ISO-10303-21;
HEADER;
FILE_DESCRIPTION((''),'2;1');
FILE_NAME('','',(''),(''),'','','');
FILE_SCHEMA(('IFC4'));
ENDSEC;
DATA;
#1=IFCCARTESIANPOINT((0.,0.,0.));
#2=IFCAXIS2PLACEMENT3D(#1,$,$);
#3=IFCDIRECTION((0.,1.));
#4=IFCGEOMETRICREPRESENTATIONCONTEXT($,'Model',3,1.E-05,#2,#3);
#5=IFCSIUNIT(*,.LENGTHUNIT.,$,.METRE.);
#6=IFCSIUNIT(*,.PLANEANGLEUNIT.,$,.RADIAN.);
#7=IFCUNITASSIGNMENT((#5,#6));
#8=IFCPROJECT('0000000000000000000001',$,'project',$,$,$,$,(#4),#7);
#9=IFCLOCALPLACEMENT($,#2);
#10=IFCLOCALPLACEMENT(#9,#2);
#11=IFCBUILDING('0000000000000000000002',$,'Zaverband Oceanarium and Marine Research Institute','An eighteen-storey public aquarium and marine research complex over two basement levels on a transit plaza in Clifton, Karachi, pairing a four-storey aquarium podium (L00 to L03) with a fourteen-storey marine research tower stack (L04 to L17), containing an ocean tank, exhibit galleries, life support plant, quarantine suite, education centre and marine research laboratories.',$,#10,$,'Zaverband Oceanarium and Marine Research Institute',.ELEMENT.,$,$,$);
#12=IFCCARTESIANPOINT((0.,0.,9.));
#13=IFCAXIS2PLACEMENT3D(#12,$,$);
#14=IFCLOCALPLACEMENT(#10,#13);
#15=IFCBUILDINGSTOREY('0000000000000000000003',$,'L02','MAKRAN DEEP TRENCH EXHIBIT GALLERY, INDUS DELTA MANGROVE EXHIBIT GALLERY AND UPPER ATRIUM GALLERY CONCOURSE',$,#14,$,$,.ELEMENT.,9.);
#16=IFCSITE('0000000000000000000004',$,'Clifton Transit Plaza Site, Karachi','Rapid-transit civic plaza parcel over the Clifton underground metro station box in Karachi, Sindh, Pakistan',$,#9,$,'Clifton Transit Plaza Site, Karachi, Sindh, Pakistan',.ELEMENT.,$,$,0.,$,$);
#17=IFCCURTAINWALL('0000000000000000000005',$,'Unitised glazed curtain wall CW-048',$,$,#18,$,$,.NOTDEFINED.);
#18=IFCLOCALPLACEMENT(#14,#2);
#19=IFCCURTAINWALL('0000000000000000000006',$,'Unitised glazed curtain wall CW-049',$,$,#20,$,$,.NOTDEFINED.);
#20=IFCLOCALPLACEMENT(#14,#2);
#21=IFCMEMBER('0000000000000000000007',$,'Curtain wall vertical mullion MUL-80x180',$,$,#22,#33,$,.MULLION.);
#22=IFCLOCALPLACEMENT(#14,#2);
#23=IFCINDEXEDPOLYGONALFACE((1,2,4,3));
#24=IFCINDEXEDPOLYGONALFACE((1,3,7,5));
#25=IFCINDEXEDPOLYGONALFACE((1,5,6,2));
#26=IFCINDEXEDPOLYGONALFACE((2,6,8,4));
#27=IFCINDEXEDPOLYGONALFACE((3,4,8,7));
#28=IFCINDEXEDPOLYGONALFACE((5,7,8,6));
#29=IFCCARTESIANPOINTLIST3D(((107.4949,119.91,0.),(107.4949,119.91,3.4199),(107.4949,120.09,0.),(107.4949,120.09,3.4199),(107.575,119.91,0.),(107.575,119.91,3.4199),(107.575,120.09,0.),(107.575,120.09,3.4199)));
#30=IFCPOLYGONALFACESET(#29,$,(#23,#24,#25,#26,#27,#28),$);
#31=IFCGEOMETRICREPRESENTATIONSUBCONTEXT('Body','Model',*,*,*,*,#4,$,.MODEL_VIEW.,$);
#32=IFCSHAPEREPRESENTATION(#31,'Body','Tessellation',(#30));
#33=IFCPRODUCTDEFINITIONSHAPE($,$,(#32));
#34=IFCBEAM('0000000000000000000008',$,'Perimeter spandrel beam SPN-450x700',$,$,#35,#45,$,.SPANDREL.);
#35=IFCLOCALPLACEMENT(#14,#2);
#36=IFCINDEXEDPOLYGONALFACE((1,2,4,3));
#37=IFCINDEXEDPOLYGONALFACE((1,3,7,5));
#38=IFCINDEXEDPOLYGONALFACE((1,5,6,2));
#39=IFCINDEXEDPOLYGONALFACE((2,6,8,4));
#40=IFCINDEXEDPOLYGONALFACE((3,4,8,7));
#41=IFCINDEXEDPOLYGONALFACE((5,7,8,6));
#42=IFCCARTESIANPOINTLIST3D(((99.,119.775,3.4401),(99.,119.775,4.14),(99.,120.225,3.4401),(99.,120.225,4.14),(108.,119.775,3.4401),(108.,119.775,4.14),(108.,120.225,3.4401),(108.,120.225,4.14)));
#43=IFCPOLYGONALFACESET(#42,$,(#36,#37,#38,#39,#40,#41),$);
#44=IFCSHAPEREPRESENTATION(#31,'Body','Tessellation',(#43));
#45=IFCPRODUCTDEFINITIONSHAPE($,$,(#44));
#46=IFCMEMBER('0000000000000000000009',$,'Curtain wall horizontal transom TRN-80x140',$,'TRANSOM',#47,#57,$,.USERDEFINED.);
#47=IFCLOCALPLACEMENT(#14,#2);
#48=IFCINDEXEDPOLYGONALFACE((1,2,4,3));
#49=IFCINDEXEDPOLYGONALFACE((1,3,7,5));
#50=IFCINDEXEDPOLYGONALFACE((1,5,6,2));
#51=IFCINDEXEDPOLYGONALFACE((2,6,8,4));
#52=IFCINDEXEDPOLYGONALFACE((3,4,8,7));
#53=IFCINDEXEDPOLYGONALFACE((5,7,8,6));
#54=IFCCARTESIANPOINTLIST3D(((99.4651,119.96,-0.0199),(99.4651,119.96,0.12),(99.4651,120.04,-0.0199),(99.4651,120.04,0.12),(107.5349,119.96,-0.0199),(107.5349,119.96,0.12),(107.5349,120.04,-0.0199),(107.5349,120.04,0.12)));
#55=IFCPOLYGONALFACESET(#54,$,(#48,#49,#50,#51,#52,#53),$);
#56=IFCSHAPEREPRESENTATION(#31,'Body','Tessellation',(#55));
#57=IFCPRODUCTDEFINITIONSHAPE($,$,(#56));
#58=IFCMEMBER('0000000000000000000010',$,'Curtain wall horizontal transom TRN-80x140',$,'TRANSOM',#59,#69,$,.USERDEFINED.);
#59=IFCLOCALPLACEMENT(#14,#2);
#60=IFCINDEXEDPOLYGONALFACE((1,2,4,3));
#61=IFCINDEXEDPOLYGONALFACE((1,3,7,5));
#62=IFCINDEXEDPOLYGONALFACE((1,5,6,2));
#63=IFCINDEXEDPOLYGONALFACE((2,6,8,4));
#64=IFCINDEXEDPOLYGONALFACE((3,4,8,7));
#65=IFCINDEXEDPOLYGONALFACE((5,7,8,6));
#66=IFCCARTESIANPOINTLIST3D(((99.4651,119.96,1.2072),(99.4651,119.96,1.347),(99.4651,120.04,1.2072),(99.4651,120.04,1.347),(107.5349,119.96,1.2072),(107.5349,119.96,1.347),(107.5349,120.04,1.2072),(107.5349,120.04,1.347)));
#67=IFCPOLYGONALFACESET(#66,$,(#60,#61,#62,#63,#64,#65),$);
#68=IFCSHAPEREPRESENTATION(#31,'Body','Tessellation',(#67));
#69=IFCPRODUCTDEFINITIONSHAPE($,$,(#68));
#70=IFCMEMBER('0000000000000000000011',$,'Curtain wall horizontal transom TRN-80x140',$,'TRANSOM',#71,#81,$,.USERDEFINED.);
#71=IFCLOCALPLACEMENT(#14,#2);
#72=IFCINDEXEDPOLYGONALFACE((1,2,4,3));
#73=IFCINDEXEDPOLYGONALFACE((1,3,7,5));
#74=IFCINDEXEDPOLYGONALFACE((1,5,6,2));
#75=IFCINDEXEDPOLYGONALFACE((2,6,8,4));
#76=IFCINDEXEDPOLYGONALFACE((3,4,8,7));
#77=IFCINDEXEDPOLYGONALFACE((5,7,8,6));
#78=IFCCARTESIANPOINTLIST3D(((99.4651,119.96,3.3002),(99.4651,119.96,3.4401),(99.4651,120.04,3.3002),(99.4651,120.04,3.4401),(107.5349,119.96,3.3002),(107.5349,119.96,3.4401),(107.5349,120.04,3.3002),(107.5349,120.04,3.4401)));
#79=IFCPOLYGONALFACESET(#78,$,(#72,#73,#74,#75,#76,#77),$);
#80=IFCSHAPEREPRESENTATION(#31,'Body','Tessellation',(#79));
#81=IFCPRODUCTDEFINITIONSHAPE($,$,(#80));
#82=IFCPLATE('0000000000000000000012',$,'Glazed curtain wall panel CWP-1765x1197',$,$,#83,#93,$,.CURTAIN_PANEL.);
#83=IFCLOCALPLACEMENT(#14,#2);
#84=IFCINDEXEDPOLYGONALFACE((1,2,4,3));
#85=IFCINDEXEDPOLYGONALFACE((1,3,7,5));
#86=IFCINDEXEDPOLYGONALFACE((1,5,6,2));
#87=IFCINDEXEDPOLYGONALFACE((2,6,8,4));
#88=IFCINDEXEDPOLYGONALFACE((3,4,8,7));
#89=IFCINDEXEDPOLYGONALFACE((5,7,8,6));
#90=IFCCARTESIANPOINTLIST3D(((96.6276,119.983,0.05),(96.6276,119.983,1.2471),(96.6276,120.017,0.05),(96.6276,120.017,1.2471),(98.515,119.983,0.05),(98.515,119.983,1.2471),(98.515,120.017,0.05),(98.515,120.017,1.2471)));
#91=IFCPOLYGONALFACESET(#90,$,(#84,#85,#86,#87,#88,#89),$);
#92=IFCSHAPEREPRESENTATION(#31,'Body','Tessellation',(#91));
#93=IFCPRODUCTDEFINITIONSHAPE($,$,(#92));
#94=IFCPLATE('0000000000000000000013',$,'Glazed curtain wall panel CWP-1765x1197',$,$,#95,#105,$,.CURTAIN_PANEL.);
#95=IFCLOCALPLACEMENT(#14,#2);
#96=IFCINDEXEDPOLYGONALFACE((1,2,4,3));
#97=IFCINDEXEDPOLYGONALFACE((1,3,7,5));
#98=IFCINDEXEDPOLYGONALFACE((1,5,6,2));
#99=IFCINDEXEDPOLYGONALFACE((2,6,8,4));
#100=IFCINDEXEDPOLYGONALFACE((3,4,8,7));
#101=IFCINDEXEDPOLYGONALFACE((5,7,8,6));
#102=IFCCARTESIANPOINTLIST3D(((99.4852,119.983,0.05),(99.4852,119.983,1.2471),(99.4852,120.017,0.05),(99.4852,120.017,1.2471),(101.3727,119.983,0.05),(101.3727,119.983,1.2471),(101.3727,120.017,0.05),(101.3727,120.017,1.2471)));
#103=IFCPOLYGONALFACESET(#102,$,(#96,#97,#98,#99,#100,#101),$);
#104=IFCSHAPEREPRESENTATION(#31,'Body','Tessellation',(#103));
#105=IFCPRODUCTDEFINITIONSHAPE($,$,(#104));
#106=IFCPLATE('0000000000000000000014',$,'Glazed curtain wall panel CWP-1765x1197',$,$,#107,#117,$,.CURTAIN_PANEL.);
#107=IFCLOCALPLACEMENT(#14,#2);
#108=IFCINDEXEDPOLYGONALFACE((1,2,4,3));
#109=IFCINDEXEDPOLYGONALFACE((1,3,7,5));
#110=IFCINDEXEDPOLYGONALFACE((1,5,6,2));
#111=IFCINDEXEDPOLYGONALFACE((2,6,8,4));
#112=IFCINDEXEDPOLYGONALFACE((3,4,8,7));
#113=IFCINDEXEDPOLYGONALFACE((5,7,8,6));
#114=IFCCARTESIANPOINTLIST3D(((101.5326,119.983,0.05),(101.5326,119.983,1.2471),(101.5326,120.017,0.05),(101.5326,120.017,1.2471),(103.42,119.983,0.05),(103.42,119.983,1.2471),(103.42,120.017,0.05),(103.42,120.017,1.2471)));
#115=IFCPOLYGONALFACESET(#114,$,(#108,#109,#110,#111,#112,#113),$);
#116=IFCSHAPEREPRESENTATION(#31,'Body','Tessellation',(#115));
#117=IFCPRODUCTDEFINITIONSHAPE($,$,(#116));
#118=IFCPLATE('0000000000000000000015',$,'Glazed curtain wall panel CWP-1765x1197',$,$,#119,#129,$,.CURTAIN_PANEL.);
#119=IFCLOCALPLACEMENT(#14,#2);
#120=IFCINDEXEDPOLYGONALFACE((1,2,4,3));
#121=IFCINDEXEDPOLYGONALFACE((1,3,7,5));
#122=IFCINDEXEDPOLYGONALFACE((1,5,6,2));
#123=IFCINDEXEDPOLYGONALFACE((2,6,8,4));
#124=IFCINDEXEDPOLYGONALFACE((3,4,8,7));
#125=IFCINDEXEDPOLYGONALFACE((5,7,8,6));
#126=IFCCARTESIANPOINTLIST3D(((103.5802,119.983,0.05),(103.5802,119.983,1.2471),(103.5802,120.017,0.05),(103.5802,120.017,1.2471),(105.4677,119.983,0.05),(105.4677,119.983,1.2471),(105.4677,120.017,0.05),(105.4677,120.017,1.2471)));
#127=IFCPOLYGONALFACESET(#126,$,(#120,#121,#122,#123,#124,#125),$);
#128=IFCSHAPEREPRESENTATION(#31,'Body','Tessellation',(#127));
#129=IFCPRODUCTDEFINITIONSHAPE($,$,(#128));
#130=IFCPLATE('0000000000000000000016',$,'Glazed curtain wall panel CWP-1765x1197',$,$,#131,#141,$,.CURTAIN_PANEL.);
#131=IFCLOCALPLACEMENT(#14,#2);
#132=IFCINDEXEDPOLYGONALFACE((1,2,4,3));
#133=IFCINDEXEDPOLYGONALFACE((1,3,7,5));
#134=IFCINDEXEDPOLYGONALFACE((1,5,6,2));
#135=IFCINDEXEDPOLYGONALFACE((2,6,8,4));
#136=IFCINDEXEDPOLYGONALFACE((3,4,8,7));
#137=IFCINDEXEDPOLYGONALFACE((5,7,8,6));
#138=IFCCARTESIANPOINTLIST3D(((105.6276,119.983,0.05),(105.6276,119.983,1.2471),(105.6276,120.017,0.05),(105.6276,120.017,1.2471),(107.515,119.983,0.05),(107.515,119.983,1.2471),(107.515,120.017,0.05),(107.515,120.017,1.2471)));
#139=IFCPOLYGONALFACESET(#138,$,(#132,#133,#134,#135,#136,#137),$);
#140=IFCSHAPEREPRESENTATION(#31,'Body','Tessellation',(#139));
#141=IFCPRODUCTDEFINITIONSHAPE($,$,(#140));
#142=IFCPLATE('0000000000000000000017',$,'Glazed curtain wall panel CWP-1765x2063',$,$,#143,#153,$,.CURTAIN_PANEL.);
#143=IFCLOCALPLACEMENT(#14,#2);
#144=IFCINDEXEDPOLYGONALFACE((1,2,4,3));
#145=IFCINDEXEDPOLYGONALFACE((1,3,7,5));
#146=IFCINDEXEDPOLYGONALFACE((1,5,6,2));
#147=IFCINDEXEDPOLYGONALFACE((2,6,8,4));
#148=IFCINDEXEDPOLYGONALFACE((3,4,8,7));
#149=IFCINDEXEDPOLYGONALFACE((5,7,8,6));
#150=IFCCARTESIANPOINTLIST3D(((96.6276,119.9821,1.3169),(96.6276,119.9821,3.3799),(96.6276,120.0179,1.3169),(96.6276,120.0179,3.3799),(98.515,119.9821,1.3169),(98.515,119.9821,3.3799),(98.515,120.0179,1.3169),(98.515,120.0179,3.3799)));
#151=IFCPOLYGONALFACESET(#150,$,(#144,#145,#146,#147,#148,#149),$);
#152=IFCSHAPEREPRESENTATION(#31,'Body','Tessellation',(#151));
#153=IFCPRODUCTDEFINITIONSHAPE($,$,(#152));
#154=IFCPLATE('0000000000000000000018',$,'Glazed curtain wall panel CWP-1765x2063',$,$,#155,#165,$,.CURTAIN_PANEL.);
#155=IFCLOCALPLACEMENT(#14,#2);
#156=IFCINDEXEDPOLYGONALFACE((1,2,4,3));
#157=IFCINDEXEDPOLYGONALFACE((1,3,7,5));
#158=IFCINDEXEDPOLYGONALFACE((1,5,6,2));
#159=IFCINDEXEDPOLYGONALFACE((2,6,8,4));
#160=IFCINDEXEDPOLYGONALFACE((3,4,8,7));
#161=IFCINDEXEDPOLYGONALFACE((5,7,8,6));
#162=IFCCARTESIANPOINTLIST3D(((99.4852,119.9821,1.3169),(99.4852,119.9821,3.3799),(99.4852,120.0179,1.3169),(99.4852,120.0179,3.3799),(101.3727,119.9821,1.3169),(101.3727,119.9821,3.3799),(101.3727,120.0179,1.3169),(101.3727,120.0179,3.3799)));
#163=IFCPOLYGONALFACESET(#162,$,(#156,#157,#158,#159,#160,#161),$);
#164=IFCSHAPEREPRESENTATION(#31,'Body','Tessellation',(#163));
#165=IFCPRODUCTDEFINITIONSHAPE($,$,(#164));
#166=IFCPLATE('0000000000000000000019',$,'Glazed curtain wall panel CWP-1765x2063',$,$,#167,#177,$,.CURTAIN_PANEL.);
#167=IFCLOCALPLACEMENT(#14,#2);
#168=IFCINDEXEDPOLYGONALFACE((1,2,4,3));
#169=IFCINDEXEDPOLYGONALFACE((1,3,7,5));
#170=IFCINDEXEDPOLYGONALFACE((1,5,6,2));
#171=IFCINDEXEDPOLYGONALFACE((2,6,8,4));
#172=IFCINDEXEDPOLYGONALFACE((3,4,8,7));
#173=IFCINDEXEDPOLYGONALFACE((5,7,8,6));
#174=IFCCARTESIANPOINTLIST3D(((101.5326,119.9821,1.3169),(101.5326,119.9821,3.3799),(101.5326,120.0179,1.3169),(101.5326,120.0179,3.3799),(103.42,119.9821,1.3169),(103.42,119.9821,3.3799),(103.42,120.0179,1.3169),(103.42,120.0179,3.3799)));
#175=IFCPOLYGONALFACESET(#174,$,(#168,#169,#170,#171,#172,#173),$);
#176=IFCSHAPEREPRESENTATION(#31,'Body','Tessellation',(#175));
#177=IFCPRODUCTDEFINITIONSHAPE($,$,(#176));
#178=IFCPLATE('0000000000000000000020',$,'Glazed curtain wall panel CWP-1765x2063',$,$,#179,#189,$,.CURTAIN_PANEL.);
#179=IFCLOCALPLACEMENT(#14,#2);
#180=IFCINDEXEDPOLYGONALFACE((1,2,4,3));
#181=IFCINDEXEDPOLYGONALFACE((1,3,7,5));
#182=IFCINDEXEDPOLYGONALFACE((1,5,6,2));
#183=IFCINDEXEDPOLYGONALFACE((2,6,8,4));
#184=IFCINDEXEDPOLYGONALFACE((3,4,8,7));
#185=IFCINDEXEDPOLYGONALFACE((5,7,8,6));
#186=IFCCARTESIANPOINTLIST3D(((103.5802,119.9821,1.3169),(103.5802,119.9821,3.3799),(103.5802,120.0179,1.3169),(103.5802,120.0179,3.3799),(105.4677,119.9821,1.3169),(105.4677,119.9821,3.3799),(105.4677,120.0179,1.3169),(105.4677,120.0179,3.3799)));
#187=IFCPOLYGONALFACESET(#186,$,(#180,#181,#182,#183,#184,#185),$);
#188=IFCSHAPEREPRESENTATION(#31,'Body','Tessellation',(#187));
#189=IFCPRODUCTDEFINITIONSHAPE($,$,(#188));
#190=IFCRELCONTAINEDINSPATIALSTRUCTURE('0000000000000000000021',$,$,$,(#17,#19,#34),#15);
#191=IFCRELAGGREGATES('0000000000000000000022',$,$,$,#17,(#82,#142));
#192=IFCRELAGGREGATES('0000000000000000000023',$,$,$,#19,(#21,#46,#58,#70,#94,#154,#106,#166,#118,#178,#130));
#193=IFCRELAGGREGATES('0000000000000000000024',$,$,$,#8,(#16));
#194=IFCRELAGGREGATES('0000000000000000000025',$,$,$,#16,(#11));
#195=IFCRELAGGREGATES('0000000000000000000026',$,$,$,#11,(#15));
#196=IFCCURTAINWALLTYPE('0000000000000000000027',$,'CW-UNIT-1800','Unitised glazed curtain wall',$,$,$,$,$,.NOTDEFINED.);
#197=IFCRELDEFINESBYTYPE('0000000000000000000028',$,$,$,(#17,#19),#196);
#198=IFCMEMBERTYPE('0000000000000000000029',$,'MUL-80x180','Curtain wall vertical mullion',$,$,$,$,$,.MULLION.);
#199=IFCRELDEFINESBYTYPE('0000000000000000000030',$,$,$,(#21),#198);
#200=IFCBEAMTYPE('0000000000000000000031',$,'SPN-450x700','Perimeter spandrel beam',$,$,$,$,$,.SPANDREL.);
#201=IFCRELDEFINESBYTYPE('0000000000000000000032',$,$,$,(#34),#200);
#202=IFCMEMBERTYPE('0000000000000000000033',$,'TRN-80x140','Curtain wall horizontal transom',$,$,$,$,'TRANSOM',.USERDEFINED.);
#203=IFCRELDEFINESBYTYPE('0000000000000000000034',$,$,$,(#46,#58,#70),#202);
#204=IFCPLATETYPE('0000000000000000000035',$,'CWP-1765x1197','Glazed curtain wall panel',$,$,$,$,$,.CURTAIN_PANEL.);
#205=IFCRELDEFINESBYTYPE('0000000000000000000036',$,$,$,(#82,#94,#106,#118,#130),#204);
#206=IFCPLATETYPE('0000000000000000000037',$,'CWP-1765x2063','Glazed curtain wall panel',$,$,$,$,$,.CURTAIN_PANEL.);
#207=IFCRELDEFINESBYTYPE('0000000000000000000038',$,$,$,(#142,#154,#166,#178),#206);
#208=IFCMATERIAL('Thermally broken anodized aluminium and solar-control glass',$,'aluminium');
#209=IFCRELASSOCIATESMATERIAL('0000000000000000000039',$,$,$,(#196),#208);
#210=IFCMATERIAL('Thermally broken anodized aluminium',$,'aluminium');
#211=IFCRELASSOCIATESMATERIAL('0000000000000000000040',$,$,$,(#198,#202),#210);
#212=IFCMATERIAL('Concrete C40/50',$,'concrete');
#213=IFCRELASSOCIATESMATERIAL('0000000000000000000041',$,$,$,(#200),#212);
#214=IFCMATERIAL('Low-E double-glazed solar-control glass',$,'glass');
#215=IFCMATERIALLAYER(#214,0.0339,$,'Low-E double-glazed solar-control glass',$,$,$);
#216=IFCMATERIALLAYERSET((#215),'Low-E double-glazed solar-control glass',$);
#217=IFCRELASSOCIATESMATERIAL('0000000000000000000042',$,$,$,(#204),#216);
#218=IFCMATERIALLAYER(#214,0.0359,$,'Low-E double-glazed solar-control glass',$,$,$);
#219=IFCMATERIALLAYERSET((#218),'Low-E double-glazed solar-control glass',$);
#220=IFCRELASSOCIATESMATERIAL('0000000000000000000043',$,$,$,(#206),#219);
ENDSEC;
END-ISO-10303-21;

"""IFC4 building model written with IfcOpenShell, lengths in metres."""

from ifc_helpers import new_model, si_unit, direction, frame, frame_2d, origin, origin_2d, place, context, subcontext, project, spatial, rectangle, extrude, material, layer, layer_set, material_profile, profile_set, type_object, element, aggregate, save


model = new_model("IFC4")

# Units and contexts
model_context = context("Model", 3, precision=1e-05, world=origin(), true_north=direction((0.0, 1.0)))
body_context = subcontext(model_context, "Body", "Model", "MODEL_VIEW")
ifc_project = project(units=[si_unit("LENGTHUNIT", "METRE"), si_unit("PLANEANGLEUNIT", "RADIAN")], contexts=[model_context])

# Site, building, storey
site_placement = place(None, origin())
site = spatial("IfcSite", under=ifc_project, at=site_placement, Name="Clifton Transit Plaza Site, Karachi", Description="Rapid-transit civic plaza parcel over the Clifton underground metro station box in Karachi, Sindh, Pakistan", LongName="Clifton Transit Plaza Site, Karachi, Sindh, Pakistan", CompositionType="ELEMENT", RefElevation=0.0)
building_placement = place(site_placement, origin())
building = spatial("IfcBuilding", under=site, at=building_placement, Name="Zaverband Oceanarium and Marine Research Institute", Description="An eighteen-storey public aquarium and marine research complex over two basement levels on a transit plaza in Clifton, Karachi, pairing a four-storey aquarium podium (L00 to L03) with a fourteen-storey marine research tower stack (L04 to L17), containing an ocean tank, exhibit galleries, life support plant, quarantine suite, education centre and marine research laboratories.", LongName="Zaverband Oceanarium and Marine Research Institute", CompositionType="ELEMENT")
storey_placement = place(building_placement, frame((0.0, 0.0, 9.0)))
storey = spatial("IfcBuildingStorey", under=building, at=storey_placement, Name="L02", Description="MAKRAN DEEP TRENCH EXHIBIT GALLERY, INDUS DELTA MANGROVE EXHIBIT GALLERY AND UPPER ATRIUM GALLERY CONCOURSE", CompositionType="ELEMENT", Elevation=9.0)

# Shared definitions
ifc_material_1 = material(Name="Concrete C40/50", Category="concrete")

# Curtain walls, member
ifc_material_2 = material(Name="Thermally broken anodized aluminium and solar-control glass", Category="aluminium")
curtain_wall_type = type_object("IfcCurtainWallType", Name="CW-UNIT-1800", Description="Unitised glazed curtain wall", PredefinedType="NOTDEFINED", material=ifc_material_2)
curtain_wall_1_placement = place(storey_placement, origin())
curtain_wall_1 = element("IfcCurtainWall", 1, at=curtain_wall_1_placement, inside=storey, type_object=curtain_wall_type, Name="Unitised glazed curtain wall CW-048", PredefinedType="NOTDEFINED")
ifc_material_3 = material(Name="Thermally broken anodized aluminium", Category="aluminium")
ifc_material_profile_1 = material_profile(ifc_material_3, rectangle(XDim=0.0801, YDim=0.1799, at=origin_2d()), Name="AL-MUL-80x180")
ifc_profile_set_1 = profile_set([ifc_material_profile_1], Name="Thermally broken anodized aluminium")
member_type_1 = type_object("IfcMemberType", Name="MUL-80x180", Description="Curtain wall vertical mullion", PredefinedType="MULLION", material=ifc_profile_set_1)
curtain_wall_2_placement = place(storey_placement, origin())
curtain_wall_2 = element("IfcCurtainWall", 2, at=curtain_wall_2_placement, inside=storey, type_object=curtain_wall_type, Name="Unitised glazed curtain wall CW-049", PredefinedType="NOTDEFINED")
member_1_placement = place(storey_placement, frame((107.5349, 120.0, 0.0), z_axis=(0.0, 0.0, 1.0), x_axis=(1.0, 0.0, 0.0)))
member_1 = element("IfcMember", 3, at=member_1_placement, type_object=member_type_1, Name="Curtain wall vertical mullion MUL-80x180", PredefinedType="MULLION", context=body_context, shape_type="SweptSolid", body=[
    extrude(rectangle(XDim=0.0801, YDim=0.1799, at=origin_2d()), origin(), (0.0, 0.0, 1.0), 3.4199),
])

# Beam
ifc_material_profile_2 = material_profile(ifc_material_1, rectangle(XDim=0.45, YDim=0.7, at=origin_2d()), Name="RC450x700")
ifc_profile_set_2 = profile_set([ifc_material_profile_2], Name="Concrete C40/50")
beam_type_1 = type_object("IfcBeamType", Name="SPN-450x700", Description="Perimeter spandrel beam", PredefinedType="SPANDREL", material=ifc_profile_set_2)
beam_placement = place(storey_placement, frame((99.0, 120.0, 3.79), z_axis=(1.0, 0.0, 0.0), x_axis=(0.0, 1.0, 0.0)))
element("IfcBeam", 4, at=beam_placement, inside=storey, type_object=beam_type_1, Name="Perimeter spandrel beam SPN-450x700", PredefinedType="SPANDREL", context=body_context, shape_type="SweptSolid", body=[
    extrude(rectangle(XDim=0.45, YDim=0.7, at=origin_2d()), origin(), (0.0, 0.0, 1.0), 9.0),
])

# Members
ifc_material_profile_3 = material_profile(ifc_material_3, rectangle(XDim=0.0801, YDim=0.1399, at=origin_2d()), Name="AL-TRN-80x140")
ifc_profile_set_3 = profile_set([ifc_material_profile_3], Name="Thermally broken anodized aluminium")
member_type_2 = type_object("IfcMemberType", Name="TRN-80x140", Description="Curtain wall horizontal transom", ElementType="TRANSOM", PredefinedType="USERDEFINED", material=ifc_profile_set_3)
member_2_placement = place(storey_placement, frame((99.4651, 120.0, 0.05), z_axis=(1.0, 0.0, 0.0), x_axis=(0.0, 1.0, 0.0)))
member_2 = element("IfcMember", 5, at=member_2_placement, type_object=member_type_2, Name="Curtain wall horizontal transom TRN-80x140", ObjectType="TRANSOM", PredefinedType="USERDEFINED", context=body_context, shape_type="SweptSolid", body=[
    extrude(rectangle(XDim=0.0801, YDim=0.1399, at=origin_2d()), origin(), (0.0, 0.0, 1.0), 8.0698),
])
member_3_placement = place(storey_placement, frame((99.4651, 120.0, 1.2771), z_axis=(1.0, 0.0, 0.0), x_axis=(0.0, 1.0, 0.0)))
member_3 = element("IfcMember", 6, at=member_3_placement, type_object=member_type_2, Name="Curtain wall horizontal transom TRN-80x140", ObjectType="TRANSOM", PredefinedType="USERDEFINED", context=body_context, shape_type="SweptSolid", body=[
    extrude(rectangle(XDim=0.0801, YDim=0.1399, at=origin_2d()), origin(), (0.0, 0.0, 1.0), 8.0698),
])
member_4_placement = place(storey_placement, frame((99.4651, 120.0, 3.3701), z_axis=(1.0, 0.0, 0.0), x_axis=(0.0, 1.0, 0.0)))
member_4 = element("IfcMember", 7, at=member_4_placement, type_object=member_type_2, Name="Curtain wall horizontal transom TRN-80x140", ObjectType="TRANSOM", PredefinedType="USERDEFINED", context=body_context, shape_type="SweptSolid", body=[
    extrude(rectangle(XDim=0.0801, YDim=0.1399, at=origin_2d()), origin(), (0.0, 0.0, 1.0), 8.0698),
])

# Plates
ifc_material_4 = material(Name="Low-E double-glazed solar-control glass", Category="glass")
ifc_layer_1 = layer(ifc_material_4, 0.0339, Name="Low-E double-glazed solar-control glass")
ifc_layer_set_1 = layer_set([ifc_layer_1], Name="Low-E double-glazed solar-control glass")
plate_type_1 = type_object("IfcPlateType", Name="CWP-1765x1197", Description="Glazed curtain wall panel", PredefinedType="CURTAIN_PANEL", material=ifc_layer_set_1)
plate_1_placement = place(storey_placement, frame((96.6274, 120.0, 0.05), z_axis=(0.0, 0.0, 1.0), x_axis=(1.0, 0.0, 0.0)))
plate_1 = element("IfcPlate", 8, at=plate_1_placement, type_object=plate_type_1, Name="Glazed curtain wall panel CWP-1765x1197", PredefinedType="CURTAIN_PANEL", context=body_context, shape_type="SweptSolid", body=[
    extrude(rectangle(XDim=1.8875, YDim=0.0339, at=frame_2d((0.9438, 0.0))), origin(), (0.0, 0.0, 1.0), 1.197),
])
plate_2_placement = place(storey_placement, frame((99.4851, 120.0, 0.05), z_axis=(0.0, 0.0, 1.0), x_axis=(1.0, 0.0, 0.0)))
plate_2 = element("IfcPlate", 9, at=plate_2_placement, type_object=plate_type_1, Name="Glazed curtain wall panel CWP-1765x1197", PredefinedType="CURTAIN_PANEL", context=body_context, shape_type="SweptSolid", body=[
    extrude(rectangle(XDim=1.8875, YDim=0.0339, at=frame_2d((0.9438, 0.0))), origin(), (0.0, 0.0, 1.0), 1.197),
])
plate_3_placement = place(storey_placement, frame((101.5325, 120.0, 0.05), z_axis=(0.0, 0.0, 1.0), x_axis=(1.0, 0.0, 0.0)))
plate_3 = element("IfcPlate", 10, at=plate_3_placement, type_object=plate_type_1, Name="Glazed curtain wall panel CWP-1765x1197", PredefinedType="CURTAIN_PANEL", context=body_context, shape_type="SweptSolid", body=[
    extrude(rectangle(XDim=1.8875, YDim=0.0339, at=frame_2d((0.9438, 0.0))), origin(), (0.0, 0.0, 1.0), 1.197),
])
plate_4_placement = place(storey_placement, frame((103.5801, 120.0, 0.05), z_axis=(0.0, 0.0, 1.0), x_axis=(1.0, 0.0, 0.0)))
plate_4 = element("IfcPlate", 11, at=plate_4_placement, type_object=plate_type_1, Name="Glazed curtain wall panel CWP-1765x1197", PredefinedType="CURTAIN_PANEL", context=body_context, shape_type="SweptSolid", body=[
    extrude(rectangle(XDim=1.8875, YDim=0.0339, at=frame_2d((0.9438, 0.0))), origin(), (0.0, 0.0, 1.0), 1.197),
])
plate_5_placement = place(storey_placement, frame((105.6274, 120.0, 0.05), z_axis=(0.0, 0.0, 1.0), x_axis=(1.0, 0.0, 0.0)))
plate_5 = element("IfcPlate", 12, at=plate_5_placement, type_object=plate_type_1, Name="Glazed curtain wall panel CWP-1765x1197", PredefinedType="CURTAIN_PANEL", context=body_context, shape_type="SweptSolid", body=[
    extrude(rectangle(XDim=1.8875, YDim=0.0339, at=frame_2d((0.9438, 0.0))), origin(), (0.0, 0.0, 1.0), 1.197),
])
ifc_layer_2 = layer(ifc_material_4, 0.0359, Name="Low-E double-glazed solar-control glass")
ifc_layer_set_2 = layer_set([ifc_layer_2], Name="Low-E double-glazed solar-control glass")
plate_type_2 = type_object("IfcPlateType", Name="CWP-1765x2063", Description="Glazed curtain wall panel", PredefinedType="CURTAIN_PANEL", material=ifc_layer_set_2)
plate_6_placement = place(storey_placement, frame((96.6274, 120.0, 1.3169), z_axis=(0.0, 0.0, 1.0), x_axis=(1.0, 0.0, 0.0)))
plate_6 = element("IfcPlate", 13, at=plate_6_placement, type_object=plate_type_2, Name="Glazed curtain wall panel CWP-1765x2063", PredefinedType="CURTAIN_PANEL", context=body_context, shape_type="SweptSolid", body=[
    extrude(rectangle(XDim=1.8875, YDim=0.0359, at=frame_2d((0.9438, 0.0))), origin(), (0.0, 0.0, 1.0), 2.063),
])
aggregate(curtain_wall_1, [plate_1, plate_6])
plate_7_placement = place(storey_placement, frame((99.4851, 120.0, 1.3169), z_axis=(0.0, 0.0, 1.0), x_axis=(1.0, 0.0, 0.0)))
plate_7 = element("IfcPlate", 14, at=plate_7_placement, type_object=plate_type_2, Name="Glazed curtain wall panel CWP-1765x2063", PredefinedType="CURTAIN_PANEL", context=body_context, shape_type="SweptSolid", body=[
    extrude(rectangle(XDim=1.8875, YDim=0.0359, at=frame_2d((0.9438, 0.0))), origin(), (0.0, 0.0, 1.0), 2.063),
])
plate_8_placement = place(storey_placement, frame((101.5325, 120.0, 1.3169), z_axis=(0.0, 0.0, 1.0), x_axis=(1.0, 0.0, 0.0)))
plate_8 = element("IfcPlate", 15, at=plate_8_placement, type_object=plate_type_2, Name="Glazed curtain wall panel CWP-1765x2063", PredefinedType="CURTAIN_PANEL", context=body_context, shape_type="SweptSolid", body=[
    extrude(rectangle(XDim=1.8875, YDim=0.0359, at=frame_2d((0.9438, 0.0))), origin(), (0.0, 0.0, 1.0), 2.063),
])
plate_9_placement = place(storey_placement, frame((103.5801, 120.0, 1.3169), z_axis=(0.0, 0.0, 1.0), x_axis=(1.0, 0.0, 0.0)))
plate_9 = element("IfcPlate", 16, at=plate_9_placement, type_object=plate_type_2, Name="Glazed curtain wall panel CWP-1765x2063", PredefinedType="CURTAIN_PANEL", context=body_context, shape_type="SweptSolid", body=[
    extrude(rectangle(XDim=1.8875, YDim=0.0359, at=frame_2d((0.9438, 0.0))), origin(), (0.0, 0.0, 1.0), 2.063),
])
aggregate(curtain_wall_2, [member_1, member_2, member_3, member_4, plate_2, plate_7, plate_3, plate_8, plate_4, plate_9, plate_5])

save(model, "model.ifc")
